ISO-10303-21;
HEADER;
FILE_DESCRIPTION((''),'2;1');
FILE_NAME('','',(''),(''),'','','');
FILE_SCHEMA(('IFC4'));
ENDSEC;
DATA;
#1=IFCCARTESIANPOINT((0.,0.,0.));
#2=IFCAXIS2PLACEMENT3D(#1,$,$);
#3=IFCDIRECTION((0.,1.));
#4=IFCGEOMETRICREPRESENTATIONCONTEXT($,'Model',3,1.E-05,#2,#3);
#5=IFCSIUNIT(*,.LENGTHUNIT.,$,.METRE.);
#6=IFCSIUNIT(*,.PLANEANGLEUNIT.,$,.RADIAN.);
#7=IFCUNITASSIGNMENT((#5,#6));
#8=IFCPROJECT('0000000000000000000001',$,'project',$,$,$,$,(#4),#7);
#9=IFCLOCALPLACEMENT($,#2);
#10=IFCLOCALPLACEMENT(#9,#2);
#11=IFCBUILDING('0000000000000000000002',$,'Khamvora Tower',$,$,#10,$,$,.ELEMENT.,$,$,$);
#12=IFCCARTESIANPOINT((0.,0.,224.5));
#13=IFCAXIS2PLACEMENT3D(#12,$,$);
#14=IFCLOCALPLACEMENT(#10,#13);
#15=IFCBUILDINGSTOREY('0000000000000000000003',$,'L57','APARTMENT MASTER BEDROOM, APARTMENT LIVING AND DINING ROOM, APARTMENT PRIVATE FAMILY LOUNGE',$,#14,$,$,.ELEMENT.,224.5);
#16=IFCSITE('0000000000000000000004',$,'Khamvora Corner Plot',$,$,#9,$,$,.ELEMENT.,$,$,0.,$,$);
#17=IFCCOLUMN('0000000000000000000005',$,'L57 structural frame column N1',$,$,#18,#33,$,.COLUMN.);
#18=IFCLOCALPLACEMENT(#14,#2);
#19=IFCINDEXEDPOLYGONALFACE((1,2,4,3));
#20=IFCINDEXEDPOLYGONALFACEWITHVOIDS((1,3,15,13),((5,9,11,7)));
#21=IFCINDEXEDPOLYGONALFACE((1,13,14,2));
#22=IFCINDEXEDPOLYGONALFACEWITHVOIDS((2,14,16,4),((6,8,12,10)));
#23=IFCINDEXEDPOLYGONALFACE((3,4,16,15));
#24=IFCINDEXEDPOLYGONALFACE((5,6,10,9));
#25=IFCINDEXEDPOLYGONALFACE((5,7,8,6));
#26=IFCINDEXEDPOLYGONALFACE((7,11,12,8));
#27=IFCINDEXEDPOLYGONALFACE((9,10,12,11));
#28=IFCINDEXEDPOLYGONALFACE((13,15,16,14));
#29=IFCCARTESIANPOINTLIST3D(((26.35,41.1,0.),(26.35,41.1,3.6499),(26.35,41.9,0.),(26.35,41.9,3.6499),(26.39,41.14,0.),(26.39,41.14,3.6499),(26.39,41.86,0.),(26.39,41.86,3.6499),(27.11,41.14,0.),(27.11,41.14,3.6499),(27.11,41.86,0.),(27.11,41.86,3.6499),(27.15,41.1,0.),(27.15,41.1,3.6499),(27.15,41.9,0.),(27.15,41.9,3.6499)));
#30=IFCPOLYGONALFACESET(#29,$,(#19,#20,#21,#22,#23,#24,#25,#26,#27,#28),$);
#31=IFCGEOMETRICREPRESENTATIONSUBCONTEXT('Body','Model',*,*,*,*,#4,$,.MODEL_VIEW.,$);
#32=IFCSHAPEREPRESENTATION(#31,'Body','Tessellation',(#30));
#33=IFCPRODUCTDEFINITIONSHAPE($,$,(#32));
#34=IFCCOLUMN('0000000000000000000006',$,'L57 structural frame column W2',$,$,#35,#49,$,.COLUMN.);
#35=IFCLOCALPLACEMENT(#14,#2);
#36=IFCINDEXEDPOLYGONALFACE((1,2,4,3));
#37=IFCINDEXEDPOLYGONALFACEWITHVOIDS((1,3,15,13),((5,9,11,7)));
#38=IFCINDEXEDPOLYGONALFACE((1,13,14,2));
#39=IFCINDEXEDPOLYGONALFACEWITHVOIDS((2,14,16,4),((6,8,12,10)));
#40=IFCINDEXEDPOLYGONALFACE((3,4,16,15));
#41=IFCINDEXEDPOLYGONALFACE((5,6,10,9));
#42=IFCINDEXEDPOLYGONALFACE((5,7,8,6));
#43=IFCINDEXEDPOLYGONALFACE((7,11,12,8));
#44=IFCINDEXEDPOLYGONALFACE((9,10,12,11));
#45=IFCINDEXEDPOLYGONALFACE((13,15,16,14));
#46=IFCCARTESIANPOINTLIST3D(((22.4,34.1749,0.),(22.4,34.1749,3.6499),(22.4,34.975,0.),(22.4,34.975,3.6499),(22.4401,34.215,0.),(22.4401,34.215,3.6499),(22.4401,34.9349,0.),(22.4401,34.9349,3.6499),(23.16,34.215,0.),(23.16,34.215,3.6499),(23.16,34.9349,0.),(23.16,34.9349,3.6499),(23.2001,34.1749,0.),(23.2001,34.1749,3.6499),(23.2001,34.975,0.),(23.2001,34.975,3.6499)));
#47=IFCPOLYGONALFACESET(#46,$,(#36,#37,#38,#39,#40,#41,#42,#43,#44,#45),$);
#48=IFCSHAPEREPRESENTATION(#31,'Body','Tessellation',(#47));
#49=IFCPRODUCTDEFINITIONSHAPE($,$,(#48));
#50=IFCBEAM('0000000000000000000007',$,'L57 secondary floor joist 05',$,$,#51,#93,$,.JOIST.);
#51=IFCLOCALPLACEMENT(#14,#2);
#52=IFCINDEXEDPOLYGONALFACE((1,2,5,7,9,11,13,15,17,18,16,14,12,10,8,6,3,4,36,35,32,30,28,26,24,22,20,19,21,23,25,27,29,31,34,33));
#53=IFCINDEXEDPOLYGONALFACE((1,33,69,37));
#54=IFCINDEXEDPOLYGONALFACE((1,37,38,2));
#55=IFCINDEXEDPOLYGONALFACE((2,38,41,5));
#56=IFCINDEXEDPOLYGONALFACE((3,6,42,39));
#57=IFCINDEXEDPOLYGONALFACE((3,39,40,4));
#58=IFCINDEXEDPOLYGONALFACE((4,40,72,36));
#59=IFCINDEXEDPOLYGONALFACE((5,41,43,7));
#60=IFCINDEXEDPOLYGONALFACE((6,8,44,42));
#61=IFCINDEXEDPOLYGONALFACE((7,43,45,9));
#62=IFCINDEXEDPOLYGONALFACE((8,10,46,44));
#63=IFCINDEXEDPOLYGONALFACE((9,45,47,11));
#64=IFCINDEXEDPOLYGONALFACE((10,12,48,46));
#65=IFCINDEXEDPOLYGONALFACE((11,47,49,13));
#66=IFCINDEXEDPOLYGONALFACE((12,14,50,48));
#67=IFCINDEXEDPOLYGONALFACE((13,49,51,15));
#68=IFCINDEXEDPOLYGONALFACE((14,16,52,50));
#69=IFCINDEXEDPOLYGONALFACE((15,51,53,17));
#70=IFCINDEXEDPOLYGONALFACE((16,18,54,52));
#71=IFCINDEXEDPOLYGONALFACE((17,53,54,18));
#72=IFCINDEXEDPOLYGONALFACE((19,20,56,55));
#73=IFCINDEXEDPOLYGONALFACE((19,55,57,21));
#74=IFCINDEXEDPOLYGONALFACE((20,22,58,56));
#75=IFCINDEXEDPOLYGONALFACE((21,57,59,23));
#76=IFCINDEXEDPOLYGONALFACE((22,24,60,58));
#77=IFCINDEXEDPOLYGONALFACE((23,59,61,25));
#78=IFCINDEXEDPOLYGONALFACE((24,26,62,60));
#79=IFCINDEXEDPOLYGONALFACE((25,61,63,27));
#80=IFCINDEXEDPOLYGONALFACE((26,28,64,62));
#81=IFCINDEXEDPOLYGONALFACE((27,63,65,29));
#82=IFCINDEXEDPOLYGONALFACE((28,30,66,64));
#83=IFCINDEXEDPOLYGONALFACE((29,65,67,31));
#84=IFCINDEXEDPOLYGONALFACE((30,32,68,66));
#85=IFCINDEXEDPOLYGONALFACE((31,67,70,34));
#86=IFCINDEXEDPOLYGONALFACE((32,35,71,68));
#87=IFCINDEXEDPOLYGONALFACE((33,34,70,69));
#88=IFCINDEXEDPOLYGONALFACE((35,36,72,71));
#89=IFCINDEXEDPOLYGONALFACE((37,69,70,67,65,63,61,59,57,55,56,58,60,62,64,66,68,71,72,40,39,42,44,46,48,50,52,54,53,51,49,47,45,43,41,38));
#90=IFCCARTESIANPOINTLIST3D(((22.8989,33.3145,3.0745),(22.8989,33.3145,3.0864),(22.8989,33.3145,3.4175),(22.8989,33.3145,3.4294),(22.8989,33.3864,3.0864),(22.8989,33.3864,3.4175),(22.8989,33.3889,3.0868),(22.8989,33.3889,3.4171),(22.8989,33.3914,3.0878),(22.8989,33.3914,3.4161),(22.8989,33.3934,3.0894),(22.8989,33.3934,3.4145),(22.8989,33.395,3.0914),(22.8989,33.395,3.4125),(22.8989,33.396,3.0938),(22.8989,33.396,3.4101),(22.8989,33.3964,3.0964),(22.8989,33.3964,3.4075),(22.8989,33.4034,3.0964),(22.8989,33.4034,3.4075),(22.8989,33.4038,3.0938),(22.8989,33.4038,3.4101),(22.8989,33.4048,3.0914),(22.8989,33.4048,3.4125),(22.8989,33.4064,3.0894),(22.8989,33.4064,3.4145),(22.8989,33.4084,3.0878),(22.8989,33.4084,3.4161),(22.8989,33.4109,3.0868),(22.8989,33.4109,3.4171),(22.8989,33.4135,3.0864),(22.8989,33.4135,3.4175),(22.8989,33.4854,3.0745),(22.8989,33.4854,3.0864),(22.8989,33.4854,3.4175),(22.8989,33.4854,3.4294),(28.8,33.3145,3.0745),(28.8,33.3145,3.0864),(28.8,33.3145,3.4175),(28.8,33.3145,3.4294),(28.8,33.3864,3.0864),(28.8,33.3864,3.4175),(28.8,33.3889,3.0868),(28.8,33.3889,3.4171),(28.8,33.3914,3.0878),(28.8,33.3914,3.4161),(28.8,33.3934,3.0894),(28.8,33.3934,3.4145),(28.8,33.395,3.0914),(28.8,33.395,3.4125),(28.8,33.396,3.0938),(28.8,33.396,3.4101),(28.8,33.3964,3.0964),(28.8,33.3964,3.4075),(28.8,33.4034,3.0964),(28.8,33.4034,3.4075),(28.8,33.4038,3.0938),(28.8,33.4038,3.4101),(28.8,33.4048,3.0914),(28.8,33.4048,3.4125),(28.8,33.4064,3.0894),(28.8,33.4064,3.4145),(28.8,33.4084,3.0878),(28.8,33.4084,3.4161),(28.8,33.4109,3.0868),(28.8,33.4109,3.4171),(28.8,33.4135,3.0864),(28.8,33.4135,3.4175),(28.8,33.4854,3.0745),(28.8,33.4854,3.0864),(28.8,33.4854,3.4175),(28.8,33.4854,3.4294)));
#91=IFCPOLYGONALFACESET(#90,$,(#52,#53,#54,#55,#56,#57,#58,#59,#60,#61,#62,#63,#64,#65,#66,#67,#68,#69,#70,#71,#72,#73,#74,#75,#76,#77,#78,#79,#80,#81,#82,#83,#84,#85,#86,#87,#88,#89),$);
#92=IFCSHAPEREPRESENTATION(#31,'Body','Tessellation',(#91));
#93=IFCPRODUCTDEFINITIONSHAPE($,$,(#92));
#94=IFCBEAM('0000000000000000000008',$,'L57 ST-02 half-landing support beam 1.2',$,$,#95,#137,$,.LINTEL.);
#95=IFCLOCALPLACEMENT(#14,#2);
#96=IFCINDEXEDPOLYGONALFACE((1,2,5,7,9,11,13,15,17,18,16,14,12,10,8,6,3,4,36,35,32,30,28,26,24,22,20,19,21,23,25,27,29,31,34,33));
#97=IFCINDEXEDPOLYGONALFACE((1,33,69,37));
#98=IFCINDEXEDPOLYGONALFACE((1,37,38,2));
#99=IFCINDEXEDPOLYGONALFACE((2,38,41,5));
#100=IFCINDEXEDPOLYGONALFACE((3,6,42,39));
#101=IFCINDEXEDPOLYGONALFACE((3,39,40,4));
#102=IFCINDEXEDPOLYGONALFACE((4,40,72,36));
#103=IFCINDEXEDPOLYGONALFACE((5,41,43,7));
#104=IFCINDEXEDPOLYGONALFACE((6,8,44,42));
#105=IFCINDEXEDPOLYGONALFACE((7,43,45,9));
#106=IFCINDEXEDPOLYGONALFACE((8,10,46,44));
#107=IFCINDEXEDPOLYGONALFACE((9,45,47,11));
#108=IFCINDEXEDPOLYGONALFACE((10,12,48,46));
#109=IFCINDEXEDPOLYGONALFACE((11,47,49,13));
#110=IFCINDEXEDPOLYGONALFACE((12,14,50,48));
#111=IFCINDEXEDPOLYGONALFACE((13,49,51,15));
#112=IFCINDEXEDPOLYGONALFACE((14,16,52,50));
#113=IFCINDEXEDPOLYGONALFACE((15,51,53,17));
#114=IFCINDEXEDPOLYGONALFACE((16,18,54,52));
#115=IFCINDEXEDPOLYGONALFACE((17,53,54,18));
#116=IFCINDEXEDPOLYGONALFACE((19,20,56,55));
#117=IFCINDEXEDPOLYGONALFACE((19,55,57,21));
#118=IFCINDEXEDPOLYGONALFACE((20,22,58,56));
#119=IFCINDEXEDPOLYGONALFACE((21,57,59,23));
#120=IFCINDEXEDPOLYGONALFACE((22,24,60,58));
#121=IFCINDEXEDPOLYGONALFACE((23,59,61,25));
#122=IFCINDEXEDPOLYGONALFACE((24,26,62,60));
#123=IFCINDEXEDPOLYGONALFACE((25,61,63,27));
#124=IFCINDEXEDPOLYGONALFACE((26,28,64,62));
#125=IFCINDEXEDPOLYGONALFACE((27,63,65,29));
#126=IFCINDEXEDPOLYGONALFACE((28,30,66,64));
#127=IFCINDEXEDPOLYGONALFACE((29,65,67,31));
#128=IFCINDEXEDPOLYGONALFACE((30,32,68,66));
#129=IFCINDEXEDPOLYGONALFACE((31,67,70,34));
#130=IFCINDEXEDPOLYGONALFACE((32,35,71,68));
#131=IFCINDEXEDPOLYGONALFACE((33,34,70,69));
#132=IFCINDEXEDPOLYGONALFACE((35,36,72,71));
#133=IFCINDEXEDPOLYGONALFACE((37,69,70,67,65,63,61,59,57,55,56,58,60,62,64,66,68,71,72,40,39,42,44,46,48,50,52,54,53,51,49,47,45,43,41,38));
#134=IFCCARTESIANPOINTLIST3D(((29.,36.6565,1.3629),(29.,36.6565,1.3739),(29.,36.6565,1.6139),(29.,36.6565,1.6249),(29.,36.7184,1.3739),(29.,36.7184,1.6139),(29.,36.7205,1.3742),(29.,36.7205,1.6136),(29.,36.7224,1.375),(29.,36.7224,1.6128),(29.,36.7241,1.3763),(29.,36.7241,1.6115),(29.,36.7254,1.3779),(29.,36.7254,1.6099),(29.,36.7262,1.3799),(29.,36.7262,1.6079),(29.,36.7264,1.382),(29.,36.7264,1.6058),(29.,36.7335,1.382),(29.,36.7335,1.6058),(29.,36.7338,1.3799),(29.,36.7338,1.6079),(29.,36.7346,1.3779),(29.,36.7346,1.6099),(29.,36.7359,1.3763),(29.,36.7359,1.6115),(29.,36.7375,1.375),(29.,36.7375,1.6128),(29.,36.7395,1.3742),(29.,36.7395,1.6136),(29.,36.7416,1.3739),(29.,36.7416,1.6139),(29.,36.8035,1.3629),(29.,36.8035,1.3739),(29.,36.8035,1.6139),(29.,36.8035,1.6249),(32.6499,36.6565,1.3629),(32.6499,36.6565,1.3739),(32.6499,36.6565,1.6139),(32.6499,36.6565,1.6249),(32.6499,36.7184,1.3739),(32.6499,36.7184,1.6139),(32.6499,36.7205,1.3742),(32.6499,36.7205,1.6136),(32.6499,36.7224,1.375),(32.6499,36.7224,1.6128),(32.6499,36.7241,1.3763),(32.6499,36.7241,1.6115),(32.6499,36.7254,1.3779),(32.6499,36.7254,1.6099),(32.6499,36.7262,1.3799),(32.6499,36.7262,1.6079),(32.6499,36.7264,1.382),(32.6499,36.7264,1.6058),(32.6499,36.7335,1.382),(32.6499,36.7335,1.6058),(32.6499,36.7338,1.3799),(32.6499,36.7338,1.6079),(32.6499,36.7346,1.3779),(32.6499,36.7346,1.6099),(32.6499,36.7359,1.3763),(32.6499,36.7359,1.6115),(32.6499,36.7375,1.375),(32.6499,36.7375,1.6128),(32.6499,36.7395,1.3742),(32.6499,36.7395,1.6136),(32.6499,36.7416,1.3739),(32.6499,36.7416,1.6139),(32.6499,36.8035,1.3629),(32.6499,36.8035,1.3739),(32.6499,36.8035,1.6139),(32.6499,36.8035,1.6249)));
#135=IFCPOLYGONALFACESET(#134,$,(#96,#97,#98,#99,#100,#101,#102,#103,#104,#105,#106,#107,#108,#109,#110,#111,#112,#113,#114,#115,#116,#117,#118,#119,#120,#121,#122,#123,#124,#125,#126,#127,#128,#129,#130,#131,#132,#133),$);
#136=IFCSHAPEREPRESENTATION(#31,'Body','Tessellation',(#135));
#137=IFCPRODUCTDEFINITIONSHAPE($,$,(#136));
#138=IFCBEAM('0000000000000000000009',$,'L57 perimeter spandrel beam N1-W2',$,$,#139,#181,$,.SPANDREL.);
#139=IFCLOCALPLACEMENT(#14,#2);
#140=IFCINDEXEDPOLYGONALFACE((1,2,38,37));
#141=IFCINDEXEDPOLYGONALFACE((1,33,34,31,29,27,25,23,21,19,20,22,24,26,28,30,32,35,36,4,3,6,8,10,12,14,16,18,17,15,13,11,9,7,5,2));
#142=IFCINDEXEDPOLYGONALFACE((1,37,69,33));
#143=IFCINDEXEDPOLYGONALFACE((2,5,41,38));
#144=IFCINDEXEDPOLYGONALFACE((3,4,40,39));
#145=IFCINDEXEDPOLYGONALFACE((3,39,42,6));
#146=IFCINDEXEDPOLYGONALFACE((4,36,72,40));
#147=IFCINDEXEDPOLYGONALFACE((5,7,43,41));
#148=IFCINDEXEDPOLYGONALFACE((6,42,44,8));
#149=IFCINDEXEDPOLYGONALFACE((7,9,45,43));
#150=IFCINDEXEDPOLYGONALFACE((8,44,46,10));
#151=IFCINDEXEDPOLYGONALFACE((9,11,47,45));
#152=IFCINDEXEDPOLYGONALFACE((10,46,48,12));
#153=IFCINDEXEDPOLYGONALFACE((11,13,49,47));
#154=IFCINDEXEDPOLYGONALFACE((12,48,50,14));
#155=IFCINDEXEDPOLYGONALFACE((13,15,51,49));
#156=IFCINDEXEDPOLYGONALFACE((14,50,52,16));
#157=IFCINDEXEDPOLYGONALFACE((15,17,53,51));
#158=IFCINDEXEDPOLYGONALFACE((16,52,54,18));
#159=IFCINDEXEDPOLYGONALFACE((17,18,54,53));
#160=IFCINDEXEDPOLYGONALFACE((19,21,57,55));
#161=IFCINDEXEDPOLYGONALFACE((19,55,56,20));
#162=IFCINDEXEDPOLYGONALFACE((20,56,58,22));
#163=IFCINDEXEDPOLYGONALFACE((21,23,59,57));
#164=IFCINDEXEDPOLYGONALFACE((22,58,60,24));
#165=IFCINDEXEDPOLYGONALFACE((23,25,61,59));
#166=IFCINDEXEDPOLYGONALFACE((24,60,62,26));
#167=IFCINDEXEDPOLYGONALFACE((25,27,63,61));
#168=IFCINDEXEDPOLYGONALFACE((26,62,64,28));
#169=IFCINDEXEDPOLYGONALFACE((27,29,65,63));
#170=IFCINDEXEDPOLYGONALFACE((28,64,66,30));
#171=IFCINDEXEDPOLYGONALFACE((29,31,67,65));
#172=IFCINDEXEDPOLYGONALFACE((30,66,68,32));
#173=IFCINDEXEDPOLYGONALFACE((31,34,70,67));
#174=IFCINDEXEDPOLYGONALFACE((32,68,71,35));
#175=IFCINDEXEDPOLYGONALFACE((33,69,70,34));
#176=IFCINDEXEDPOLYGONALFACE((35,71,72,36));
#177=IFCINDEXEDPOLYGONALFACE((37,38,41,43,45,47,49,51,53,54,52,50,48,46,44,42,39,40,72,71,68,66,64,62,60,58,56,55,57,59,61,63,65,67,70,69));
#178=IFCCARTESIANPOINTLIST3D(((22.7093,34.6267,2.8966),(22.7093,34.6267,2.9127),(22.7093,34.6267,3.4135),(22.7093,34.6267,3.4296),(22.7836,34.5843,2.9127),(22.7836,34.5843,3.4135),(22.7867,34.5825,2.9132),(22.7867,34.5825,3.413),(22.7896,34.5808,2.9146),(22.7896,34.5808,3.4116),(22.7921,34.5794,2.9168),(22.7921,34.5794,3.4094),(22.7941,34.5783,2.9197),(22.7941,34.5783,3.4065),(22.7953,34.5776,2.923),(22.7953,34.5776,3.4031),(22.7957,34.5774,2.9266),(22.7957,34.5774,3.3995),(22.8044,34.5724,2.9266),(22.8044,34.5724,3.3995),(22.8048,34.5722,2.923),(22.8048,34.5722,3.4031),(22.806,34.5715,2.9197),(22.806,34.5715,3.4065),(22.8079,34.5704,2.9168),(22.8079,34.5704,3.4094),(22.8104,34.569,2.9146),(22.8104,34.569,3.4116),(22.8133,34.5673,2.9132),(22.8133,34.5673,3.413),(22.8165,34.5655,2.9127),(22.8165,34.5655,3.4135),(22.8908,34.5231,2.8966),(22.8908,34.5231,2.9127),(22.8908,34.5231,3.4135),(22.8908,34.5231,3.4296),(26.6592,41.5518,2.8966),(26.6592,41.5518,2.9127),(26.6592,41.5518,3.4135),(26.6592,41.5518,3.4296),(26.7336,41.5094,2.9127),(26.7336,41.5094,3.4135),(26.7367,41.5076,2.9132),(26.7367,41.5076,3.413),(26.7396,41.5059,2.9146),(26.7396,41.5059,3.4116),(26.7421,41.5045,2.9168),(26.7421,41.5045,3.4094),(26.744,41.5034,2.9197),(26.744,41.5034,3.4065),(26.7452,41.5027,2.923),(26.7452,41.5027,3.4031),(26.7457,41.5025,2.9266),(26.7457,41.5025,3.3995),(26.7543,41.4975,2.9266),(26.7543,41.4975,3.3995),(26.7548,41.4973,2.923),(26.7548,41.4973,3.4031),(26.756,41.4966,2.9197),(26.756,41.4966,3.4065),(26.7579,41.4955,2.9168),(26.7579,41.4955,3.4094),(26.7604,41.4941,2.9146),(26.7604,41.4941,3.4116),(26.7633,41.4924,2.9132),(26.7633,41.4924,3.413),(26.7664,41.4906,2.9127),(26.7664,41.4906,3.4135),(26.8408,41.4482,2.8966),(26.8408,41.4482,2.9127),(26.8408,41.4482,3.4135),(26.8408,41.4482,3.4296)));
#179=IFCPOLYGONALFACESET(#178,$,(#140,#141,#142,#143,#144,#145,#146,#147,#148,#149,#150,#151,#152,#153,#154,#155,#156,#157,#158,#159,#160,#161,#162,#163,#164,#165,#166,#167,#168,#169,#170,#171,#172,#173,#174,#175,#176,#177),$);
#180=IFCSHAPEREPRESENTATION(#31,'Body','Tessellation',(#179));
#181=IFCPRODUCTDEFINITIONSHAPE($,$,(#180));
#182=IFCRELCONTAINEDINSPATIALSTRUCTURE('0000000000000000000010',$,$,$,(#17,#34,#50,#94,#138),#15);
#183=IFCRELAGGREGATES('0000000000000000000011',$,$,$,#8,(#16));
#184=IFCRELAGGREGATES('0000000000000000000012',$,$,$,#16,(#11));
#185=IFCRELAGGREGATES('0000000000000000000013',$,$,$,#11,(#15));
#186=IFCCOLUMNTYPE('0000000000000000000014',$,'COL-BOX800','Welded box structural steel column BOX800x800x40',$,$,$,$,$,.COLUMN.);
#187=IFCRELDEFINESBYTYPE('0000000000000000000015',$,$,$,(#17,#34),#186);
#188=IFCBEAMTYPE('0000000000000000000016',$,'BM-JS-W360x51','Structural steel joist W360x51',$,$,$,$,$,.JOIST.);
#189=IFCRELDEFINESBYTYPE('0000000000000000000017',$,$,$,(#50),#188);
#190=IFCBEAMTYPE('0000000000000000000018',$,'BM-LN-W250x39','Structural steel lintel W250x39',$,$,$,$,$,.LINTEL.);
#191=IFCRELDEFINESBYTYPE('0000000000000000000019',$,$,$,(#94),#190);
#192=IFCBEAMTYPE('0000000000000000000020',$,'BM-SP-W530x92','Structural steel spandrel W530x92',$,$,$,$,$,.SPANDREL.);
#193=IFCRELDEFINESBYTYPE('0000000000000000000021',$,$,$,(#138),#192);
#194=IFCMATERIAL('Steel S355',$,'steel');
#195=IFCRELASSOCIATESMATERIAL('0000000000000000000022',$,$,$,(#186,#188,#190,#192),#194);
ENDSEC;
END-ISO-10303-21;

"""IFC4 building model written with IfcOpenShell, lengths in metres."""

from ifc_helpers import new_model, si_unit, direction, frame, origin, origin_2d, place, context, subcontext, project, spatial, hollow_rectangle, i_section, extrude, material, material_profile, profile_set, type_object, element, save


model = new_model("IFC4")

# Units and contexts
model_context = context("Model", 3, precision=1e-05, world=origin(), true_north=direction((0.0, 1.0)))
body_context = subcontext(model_context, "Body", "Model", "MODEL_VIEW")
ifc_project = project(units=[si_unit("LENGTHUNIT", "METRE"), si_unit("PLANEANGLEUNIT", "RADIAN")], contexts=[model_context])

# Site, building, storey
site_placement = place(None, origin())
site = spatial("IfcSite", under=ifc_project, at=site_placement, Name="Khamvora Corner Plot", CompositionType="ELEMENT", RefElevation=0.0)
building_placement = place(site_placement, origin())
building = spatial("IfcBuilding", under=site, at=building_placement, Name="Khamvora Tower", CompositionType="ELEMENT")
storey_placement = place(building_placement, frame((0.0, 0.0, 224.5)))
storey = spatial("IfcBuildingStorey", under=building, at=storey_placement, Name="L57", Description="APARTMENT MASTER BEDROOM, APARTMENT LIVING AND DINING ROOM, APARTMENT PRIVATE FAMILY LOUNGE", CompositionType="ELEMENT", Elevation=224.5)

# Columns
ifc_material_1 = material(Name="Steel S355", Category="steel")
ifc_material_profile_1 = material_profile(ifc_material_1, hollow_rectangle(XDim=0.8, YDim=0.8, WallThickness=0.04, at=origin_2d()), Name="BOX800x800x40")
ifc_profile_set_1 = profile_set([ifc_material_profile_1], Name="Steel S355")
column_type = type_object("IfcColumnType", Name="COL-BOX800", Description="Welded box structural steel column BOX800x800x40", PredefinedType="COLUMN", material=ifc_profile_set_1)
for number, where, z_axis, x_axis, name in (
    (1, (26.75, 41.5, 0.0), (0.0, 0.0, 1.0), (1.0, 0.0, 0.0), "L57 structural frame column N1"),
    (2, (22.8, 34.575, 0.0), (0.0, 0.0, 1.0), (1.0, 0.0, 0.0), "L57 structural frame column W2"),
):
    element("IfcColumn", number, at=place(storey_placement, frame(where, z_axis=z_axis, x_axis=x_axis)), inside=storey, type_object=column_type, Name=name, PredefinedType="COLUMN", context=body_context, shape_type="SweptSolid", body=[
        extrude(hollow_rectangle(XDim=0.8, YDim=0.8, WallThickness=0.04, at=origin_2d()), origin(), (0.0, 0.0, 1.0), 3.6499),
    ])

# Beams
ifc_material_profile_2 = material_profile(ifc_material_1, i_section(OverallWidth=0.1709, OverallDepth=0.355, WebThickness=0.0071, FlangeThickness=0.012, FilletRadius=0.01, at=origin_2d()), Name="W360x51")
ifc_profile_set_2 = profile_set([ifc_material_profile_2], Name="Steel S355")
beam_type_1 = type_object("IfcBeamType", Name="BM-JS-W360x51", Description="Structural steel joist W360x51", PredefinedType="JOIST", material=ifc_profile_set_2)
beam_1_placement = place(storey_placement, frame((22.8989, 33.3999, 3.252), z_axis=(1.0, 0.0, 0.0), x_axis=(0.0, 1.0, 0.0)))
element("IfcBeam", 3, at=beam_1_placement, inside=storey, type_object=beam_type_1, Name="L57 secondary floor joist 05", PredefinedType="JOIST", context=body_context, shape_type="SweptSolid", body=[
    extrude(i_section(OverallWidth=0.1709, OverallDepth=0.355, WebThickness=0.0071, FlangeThickness=0.012, FilletRadius=0.01, at=origin_2d()), origin(), (0.0, 0.0, 1.0), 5.9011),
])
ifc_material_profile_3 = material_profile(ifc_material_1, i_section(OverallWidth=0.147, OverallDepth=0.262, WebThickness=0.0071, FlangeThickness=0.011, FilletRadius=0.0081, at=origin_2d()), Name="W250x39")
ifc_profile_set_3 = profile_set([ifc_material_profile_3], Name="Steel S355")
beam_type_2 = type_object("IfcBeamType", Name="BM-LN-W250x39", Description="Structural steel lintel W250x39", PredefinedType="LINTEL", material=ifc_profile_set_3)
beam_2_placement = place(storey_placement, frame((29.0, 36.73, 1.4939), z_axis=(1.0, 0.0, 0.0), x_axis=(0.0, 1.0, 0.0)))
element("IfcBeam", 4, at=beam_2_placement, inside=storey, type_object=beam_type_2, Name="L57 ST-02 half-landing support beam 1.2", PredefinedType="LINTEL", context=body_context, shape_type="SweptSolid", body=[
    extrude(i_section(OverallWidth=0.147, OverallDepth=0.262, WebThickness=0.0071, FlangeThickness=0.011, FilletRadius=0.0081, at=origin_2d()), origin(), (0.0, 0.0, 1.0), 3.6499),
])
ifc_material_profile_4 = material_profile(ifc_material_1, i_section(OverallWidth=0.209, OverallDepth=0.533, WebThickness=0.01, FlangeThickness=0.0161, FilletRadius=0.0139, at=origin_2d()), Name="W530x92")
ifc_profile_set_4 = profile_set([ifc_material_profile_4], Name="Steel S355")
beam_type_3 = type_object("IfcBeamType", Name="BM-SP-W530x92", Description="Structural steel spandrel W530x92", PredefinedType="SPANDREL", material=ifc_profile_set_4)
beam_3_placement = place(storey_placement, frame((26.75, 41.5, 3.1631), z_axis=(-0.495456, -0.868633, 0.0), x_axis=(0.868633, -0.495456, 0.0)))
element("IfcBeam", 5, at=beam_3_placement, inside=storey, type_object=beam_type_3, Name="L57 perimeter spandrel beam N1-W2", PredefinedType="SPANDREL", context=body_context, shape_type="SweptSolid", body=[
    extrude(i_section(OverallWidth=0.209, OverallDepth=0.533, WebThickness=0.01, FlangeThickness=0.0161, FilletRadius=0.0139, at=origin_2d()), origin(), (0.0, 0.0, 1.0), 7.9724),
])

save(model, "model.ifc")
